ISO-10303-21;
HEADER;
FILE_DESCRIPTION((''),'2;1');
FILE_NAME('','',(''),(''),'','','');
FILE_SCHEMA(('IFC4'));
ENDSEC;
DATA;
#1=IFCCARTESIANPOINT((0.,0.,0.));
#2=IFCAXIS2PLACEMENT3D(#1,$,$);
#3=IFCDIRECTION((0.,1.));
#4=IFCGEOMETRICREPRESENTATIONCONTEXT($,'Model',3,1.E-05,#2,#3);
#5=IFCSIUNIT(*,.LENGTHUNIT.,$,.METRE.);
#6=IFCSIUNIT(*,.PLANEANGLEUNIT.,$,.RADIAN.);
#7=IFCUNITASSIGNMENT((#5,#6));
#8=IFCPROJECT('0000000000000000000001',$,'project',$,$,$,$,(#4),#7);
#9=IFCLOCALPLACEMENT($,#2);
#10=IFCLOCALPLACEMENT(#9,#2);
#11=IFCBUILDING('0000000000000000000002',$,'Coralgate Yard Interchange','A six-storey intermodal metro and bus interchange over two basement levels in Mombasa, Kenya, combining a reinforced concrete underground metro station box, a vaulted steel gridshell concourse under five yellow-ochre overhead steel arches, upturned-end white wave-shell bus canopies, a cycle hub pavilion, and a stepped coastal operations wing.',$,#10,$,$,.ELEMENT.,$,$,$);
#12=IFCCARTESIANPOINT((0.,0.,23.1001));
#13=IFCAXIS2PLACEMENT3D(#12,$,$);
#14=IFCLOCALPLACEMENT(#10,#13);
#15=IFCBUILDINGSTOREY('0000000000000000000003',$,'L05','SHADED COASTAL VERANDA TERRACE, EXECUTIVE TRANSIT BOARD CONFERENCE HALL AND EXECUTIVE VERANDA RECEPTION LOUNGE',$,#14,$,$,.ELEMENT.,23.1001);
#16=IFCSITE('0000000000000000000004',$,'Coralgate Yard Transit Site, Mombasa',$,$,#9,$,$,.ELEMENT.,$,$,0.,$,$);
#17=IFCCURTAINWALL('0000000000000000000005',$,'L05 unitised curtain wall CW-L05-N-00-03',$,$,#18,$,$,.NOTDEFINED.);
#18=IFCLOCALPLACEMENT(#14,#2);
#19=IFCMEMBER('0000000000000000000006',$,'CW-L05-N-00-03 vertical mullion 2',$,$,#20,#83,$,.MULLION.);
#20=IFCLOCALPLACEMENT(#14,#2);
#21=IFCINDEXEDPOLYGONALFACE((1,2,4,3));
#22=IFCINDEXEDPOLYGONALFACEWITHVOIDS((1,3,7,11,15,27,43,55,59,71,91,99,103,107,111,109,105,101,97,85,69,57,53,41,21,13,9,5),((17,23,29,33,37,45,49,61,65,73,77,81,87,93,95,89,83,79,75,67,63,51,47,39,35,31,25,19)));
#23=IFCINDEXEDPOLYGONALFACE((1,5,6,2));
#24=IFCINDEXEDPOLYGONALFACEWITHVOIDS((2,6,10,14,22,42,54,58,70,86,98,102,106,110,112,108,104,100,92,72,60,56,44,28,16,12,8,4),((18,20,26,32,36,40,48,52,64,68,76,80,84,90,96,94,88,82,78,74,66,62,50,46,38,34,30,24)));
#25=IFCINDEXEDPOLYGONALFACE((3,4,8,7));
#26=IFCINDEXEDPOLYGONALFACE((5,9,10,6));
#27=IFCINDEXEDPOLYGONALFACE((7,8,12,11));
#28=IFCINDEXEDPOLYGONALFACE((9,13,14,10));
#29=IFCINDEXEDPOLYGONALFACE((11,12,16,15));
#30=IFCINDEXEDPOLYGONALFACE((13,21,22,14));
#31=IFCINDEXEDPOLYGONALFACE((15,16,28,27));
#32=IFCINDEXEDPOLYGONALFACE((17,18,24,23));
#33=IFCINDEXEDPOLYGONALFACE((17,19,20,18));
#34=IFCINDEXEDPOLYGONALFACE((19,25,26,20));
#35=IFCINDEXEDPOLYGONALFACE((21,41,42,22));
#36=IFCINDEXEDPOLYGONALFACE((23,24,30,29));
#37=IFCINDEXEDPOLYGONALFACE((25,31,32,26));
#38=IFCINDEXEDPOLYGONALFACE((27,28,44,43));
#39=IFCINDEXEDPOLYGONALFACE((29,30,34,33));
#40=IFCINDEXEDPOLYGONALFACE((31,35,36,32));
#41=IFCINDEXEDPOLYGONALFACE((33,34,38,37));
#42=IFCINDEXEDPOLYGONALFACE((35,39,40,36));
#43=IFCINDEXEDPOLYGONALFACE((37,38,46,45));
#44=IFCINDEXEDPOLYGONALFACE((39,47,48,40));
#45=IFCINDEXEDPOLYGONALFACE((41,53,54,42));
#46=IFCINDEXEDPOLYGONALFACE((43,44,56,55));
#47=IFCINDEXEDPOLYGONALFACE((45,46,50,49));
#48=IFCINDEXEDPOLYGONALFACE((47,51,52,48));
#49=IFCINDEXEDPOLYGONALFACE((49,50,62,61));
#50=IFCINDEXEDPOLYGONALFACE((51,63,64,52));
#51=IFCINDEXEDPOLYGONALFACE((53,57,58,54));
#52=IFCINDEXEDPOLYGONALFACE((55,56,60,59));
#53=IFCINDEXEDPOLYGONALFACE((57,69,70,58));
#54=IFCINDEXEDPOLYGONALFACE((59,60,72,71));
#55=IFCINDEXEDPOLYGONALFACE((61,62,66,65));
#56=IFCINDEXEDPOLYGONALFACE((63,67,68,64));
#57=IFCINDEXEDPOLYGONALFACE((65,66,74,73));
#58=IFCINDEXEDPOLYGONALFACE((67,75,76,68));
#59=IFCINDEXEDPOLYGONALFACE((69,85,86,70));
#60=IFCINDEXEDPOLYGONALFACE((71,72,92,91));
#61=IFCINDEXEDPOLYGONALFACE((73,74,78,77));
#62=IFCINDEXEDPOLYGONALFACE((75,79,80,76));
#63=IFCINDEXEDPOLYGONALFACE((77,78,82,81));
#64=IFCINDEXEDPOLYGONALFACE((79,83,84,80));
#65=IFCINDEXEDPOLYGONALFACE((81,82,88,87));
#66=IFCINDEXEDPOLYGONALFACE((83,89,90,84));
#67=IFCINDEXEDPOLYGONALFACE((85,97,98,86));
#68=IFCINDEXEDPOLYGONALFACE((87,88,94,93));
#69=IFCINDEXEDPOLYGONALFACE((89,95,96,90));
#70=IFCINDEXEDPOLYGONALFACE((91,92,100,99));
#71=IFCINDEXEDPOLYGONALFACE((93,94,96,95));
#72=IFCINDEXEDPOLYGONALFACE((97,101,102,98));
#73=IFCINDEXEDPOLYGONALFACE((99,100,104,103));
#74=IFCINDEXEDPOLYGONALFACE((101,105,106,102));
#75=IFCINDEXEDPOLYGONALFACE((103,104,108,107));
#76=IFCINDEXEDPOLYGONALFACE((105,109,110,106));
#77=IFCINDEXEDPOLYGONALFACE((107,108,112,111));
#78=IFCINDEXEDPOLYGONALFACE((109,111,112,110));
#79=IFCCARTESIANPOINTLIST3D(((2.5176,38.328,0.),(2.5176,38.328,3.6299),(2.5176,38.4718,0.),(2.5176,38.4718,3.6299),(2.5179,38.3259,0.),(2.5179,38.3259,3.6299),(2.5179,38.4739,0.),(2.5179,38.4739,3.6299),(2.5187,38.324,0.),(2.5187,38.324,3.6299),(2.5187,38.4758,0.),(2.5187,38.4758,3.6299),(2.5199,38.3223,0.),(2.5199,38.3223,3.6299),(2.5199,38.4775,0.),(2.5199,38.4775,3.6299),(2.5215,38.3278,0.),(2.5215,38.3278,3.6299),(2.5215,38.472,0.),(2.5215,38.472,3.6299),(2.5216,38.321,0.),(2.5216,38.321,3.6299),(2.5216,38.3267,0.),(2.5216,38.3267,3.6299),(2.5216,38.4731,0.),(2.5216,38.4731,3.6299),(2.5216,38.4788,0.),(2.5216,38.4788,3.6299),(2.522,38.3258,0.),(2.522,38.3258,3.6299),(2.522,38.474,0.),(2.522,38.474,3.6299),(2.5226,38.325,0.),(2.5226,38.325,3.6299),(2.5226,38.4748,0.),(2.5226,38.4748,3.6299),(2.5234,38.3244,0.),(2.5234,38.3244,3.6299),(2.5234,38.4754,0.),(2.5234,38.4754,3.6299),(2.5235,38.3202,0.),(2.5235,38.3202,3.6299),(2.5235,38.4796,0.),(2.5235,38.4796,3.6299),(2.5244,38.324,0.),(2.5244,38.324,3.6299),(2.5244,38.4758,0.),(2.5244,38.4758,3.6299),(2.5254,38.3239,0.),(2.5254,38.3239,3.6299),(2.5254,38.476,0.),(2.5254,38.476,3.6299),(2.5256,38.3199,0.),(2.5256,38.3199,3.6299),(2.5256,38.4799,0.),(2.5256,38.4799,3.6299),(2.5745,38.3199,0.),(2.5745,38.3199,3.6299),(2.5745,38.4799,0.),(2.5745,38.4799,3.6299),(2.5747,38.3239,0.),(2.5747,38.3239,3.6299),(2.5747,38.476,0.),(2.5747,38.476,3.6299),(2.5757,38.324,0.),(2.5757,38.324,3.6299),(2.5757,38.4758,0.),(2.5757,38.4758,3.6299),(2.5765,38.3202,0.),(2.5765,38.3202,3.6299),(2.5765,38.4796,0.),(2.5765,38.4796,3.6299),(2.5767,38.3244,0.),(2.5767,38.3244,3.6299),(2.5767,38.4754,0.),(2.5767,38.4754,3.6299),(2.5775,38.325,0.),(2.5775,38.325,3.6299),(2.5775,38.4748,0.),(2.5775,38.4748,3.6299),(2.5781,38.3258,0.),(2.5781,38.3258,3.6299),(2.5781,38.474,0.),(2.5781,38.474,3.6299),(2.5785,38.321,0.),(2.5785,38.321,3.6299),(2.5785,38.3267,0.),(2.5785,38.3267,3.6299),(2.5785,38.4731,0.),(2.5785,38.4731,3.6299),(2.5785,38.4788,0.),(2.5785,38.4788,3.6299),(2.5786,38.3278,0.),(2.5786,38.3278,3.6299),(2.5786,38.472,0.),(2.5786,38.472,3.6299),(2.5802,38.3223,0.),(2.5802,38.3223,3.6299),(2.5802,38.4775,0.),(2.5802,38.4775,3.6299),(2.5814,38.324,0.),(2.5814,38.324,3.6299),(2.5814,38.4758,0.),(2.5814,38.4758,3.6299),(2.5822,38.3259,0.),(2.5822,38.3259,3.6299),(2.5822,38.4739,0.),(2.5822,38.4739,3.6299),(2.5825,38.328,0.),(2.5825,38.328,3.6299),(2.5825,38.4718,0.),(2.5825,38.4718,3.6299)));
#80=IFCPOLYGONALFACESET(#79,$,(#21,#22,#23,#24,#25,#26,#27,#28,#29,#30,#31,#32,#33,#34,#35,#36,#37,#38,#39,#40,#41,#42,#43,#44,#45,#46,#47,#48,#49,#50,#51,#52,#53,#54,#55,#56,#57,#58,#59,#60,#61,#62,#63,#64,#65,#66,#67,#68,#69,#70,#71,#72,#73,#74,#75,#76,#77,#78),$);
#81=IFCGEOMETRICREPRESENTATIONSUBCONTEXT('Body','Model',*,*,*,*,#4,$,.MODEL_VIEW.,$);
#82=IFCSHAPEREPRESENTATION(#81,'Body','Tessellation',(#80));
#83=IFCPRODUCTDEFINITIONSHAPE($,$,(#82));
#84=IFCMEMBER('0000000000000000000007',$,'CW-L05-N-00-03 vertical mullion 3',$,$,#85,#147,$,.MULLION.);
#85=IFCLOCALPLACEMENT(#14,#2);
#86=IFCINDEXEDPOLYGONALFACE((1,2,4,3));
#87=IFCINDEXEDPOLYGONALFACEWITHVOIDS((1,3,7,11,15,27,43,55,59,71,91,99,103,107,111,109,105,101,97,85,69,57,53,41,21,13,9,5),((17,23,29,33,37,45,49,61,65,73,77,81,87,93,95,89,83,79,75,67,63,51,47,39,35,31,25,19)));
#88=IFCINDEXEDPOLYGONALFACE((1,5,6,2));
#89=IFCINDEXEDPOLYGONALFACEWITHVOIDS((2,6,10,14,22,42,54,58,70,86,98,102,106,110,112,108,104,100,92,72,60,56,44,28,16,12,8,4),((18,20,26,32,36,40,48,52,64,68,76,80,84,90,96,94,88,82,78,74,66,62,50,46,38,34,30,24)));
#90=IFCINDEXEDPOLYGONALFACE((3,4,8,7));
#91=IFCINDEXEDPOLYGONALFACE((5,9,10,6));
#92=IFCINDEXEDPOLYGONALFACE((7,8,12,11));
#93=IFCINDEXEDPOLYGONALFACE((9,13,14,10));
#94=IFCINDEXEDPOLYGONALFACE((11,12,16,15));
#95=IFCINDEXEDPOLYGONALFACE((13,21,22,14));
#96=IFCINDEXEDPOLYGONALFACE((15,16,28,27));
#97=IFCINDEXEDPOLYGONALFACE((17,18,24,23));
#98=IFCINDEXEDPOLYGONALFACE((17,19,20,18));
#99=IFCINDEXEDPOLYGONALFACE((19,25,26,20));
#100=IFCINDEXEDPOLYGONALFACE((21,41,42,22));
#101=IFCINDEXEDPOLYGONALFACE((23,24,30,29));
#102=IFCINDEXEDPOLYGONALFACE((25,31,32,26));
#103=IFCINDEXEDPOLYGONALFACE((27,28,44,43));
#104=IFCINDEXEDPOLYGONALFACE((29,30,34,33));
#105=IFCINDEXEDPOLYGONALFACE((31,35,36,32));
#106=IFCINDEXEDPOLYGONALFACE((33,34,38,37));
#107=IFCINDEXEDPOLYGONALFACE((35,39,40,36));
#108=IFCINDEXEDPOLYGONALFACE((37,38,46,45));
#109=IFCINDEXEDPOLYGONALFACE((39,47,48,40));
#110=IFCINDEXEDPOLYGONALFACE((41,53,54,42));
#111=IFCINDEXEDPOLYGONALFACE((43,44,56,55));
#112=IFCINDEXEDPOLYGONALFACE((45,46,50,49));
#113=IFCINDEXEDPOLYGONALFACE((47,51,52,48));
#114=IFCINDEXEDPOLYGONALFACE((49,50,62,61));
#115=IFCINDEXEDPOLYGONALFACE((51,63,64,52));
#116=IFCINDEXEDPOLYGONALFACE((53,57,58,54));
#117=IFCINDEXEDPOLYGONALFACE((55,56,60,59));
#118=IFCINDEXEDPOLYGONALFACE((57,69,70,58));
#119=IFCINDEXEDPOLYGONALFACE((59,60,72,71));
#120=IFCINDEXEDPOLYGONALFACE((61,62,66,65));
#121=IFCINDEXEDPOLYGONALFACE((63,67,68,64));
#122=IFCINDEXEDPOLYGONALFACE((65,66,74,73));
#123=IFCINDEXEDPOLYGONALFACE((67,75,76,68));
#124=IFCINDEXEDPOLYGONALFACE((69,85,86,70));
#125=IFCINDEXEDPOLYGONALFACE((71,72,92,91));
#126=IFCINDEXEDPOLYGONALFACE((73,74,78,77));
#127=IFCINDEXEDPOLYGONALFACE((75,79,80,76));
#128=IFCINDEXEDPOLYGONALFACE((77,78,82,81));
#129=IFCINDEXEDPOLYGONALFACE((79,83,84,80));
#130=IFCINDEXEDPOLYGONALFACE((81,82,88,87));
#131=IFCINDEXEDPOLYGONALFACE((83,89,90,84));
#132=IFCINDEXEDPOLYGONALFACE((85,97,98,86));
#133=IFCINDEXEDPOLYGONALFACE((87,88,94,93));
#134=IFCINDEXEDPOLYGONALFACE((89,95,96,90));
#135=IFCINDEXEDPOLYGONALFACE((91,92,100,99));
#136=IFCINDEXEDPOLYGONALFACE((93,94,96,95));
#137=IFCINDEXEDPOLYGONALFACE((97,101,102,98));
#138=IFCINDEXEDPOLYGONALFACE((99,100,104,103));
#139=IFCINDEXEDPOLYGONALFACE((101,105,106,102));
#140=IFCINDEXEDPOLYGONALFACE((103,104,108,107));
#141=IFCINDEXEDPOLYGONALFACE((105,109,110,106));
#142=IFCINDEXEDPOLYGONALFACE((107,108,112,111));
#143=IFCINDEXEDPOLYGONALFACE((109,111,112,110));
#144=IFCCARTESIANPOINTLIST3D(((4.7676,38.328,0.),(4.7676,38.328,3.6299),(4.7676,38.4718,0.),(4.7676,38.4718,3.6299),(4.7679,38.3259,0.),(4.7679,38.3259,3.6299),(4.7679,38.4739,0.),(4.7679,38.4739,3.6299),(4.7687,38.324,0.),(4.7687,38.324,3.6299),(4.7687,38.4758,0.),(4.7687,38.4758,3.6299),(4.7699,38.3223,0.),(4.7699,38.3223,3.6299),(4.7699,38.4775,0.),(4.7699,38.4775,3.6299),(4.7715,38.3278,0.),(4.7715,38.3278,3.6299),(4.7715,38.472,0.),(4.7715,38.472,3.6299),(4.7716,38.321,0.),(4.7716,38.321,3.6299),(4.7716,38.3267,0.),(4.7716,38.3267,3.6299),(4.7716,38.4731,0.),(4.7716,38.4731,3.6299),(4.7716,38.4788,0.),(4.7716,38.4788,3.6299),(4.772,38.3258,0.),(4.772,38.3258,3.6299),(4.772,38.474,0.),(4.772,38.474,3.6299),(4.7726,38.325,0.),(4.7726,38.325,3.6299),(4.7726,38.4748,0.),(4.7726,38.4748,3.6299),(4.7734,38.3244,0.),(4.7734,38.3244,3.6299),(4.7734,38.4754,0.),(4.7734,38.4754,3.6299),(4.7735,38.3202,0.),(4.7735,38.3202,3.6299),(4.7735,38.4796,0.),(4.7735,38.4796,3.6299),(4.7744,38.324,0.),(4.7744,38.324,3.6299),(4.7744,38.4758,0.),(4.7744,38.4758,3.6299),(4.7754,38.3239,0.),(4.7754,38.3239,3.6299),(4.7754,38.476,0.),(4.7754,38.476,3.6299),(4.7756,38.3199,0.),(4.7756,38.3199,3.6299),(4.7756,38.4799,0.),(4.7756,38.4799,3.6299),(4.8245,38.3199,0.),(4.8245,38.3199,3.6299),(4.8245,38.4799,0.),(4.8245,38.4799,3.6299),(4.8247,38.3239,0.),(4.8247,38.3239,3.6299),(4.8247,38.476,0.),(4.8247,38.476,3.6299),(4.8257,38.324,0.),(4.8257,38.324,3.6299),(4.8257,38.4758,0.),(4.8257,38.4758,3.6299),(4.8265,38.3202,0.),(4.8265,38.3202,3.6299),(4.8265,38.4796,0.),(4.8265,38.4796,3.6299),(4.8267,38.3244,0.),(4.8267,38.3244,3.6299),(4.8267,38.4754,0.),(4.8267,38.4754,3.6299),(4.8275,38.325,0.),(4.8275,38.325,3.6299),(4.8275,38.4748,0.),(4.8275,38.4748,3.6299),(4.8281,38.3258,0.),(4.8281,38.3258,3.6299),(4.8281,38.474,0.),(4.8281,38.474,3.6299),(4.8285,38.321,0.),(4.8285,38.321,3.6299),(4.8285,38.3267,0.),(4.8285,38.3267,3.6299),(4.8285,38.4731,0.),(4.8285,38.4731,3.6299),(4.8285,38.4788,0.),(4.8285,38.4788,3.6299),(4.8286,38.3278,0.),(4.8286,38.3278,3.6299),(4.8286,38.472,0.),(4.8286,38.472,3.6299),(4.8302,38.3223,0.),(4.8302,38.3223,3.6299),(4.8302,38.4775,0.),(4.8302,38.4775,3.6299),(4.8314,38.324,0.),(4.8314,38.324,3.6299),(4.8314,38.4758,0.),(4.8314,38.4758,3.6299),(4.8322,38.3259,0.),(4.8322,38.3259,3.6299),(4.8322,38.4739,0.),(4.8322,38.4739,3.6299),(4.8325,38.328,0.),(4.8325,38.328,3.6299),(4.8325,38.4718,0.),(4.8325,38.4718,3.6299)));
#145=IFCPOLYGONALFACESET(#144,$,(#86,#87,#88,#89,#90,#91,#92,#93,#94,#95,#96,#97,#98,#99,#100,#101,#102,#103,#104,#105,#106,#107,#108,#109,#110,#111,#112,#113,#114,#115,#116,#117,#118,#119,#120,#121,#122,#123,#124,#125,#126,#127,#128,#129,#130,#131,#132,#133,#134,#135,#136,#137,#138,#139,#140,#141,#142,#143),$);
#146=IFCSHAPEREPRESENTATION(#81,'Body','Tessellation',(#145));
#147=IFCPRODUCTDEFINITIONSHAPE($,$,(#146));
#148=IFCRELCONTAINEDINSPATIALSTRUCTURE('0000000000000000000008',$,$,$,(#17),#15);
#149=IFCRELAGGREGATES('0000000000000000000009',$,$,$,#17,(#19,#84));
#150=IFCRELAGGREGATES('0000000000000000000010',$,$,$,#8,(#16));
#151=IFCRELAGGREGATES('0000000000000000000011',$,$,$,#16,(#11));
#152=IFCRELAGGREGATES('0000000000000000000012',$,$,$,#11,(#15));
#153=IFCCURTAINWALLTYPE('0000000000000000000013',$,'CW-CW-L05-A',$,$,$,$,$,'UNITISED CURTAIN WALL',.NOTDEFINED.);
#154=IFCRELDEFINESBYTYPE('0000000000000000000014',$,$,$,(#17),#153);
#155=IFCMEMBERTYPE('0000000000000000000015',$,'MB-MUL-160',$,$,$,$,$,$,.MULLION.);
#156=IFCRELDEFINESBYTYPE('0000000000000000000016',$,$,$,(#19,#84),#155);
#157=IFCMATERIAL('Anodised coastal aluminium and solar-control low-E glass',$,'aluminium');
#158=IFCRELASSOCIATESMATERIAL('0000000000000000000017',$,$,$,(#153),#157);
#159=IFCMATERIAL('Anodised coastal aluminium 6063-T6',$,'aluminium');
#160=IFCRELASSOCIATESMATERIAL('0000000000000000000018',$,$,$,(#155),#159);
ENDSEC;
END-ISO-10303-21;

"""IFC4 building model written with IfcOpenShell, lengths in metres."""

from ifc_helpers import new_model, si_unit, direction, frame, origin, origin_2d, place, context, subcontext, project, spatial, hollow_rectangle, extrude, material, material_profile, profile_set, type_object, element, aggregate, save


model = new_model("IFC4")

# Units and contexts
model_context = context("Model", 3, precision=1e-05, world=origin(), true_north=direction((0.0, 1.0)))
body_context = subcontext(model_context, "Body", "Model", "MODEL_VIEW")
ifc_project = project(units=[si_unit("LENGTHUNIT", "METRE"), si_unit("PLANEANGLEUNIT", "RADIAN")], contexts=[model_context])

# Site, building, storey
site_placement = place(None, origin())
site = spatial("IfcSite", under=ifc_project, at=site_placement, Name="Coralgate Yard Transit Site, Mombasa", CompositionType="ELEMENT", RefElevation=0.0)
building_placement = place(site_placement, origin())
building = spatial("IfcBuilding", under=site, at=building_placement, Name="Coralgate Yard Interchange", Description="A six-storey intermodal metro and bus interchange over two basement levels in Mombasa, Kenya, combining a reinforced concrete underground metro station box, a vaulted steel gridshell concourse under five yellow-ochre overhead steel arches, upturned-end white wave-shell bus canopies, a cycle hub pavilion, and a stepped coastal operations wing.", CompositionType="ELEMENT")
storey_placement = place(building_placement, frame((0.0, 0.0, 23.1001)))
storey = spatial("IfcBuildingStorey", under=building, at=storey_placement, Name="L05", Description="SHADED COASTAL VERANDA TERRACE, EXECUTIVE TRANSIT BOARD CONFERENCE HALL AND EXECUTIVE VERANDA RECEPTION LOUNGE", CompositionType="ELEMENT", Elevation=23.1001)

# Curtain wall, members
ifc_material_1 = material(Name="Anodised coastal aluminium and solar-control low-E glass", Category="aluminium")
curtain_wall_type = type_object("IfcCurtainWallType", Name="CW-CW-L05-A", ElementType="UNITISED CURTAIN WALL", PredefinedType="NOTDEFINED", material=ifc_material_1)
ifc_material_2 = material(Name="Anodised coastal aluminium 6063-T6", Category="aluminium")
ifc_material_profile_1 = material_profile(ifc_material_2, hollow_rectangle(XDim=0.0649, YDim=0.1599, WallThickness=0.0039, InnerFilletRadius=0.0039, OuterFilletRadius=0.0081, at=origin_2d()), Name="ALU 65x160x4")
ifc_profile_set_1 = profile_set([ifc_material_profile_1], Name="Anodised coastal aluminium 6063-T6")
member_type_1 = type_object("IfcMemberType", Name="MB-MUL-160", PredefinedType="MULLION", material=ifc_profile_set_1)
curtain_wall_1_placement = place(storey_placement, origin())
curtain_wall_1 = element("IfcCurtainWall", 1, at=curtain_wall_1_placement, inside=storey, type_object=curtain_wall_type, Name="L05 unitised curtain wall CW-L05-N-00-03", PredefinedType="NOTDEFINED")
member_1_placement = place(storey_placement, frame((2.55, 38.3999, 0.0), z_axis=(0.0, 0.0, 1.0), x_axis=(1.0, 0.0, 0.0)))
member_1 = element("IfcMember", 2, at=member_1_placement, type_object=member_type_1, Name="CW-L05-N-00-03 vertical mullion 2", PredefinedType="MULLION", context=body_context, shape_type="SweptSolid", body=[
    extrude(hollow_rectangle(XDim=0.0649, YDim=0.1599, WallThickness=0.0039, InnerFilletRadius=0.0039, OuterFilletRadius=0.0081, at=origin_2d()), origin(), (0.0, 0.0, 1.0), 3.6299),
])
member_2_placement = place(storey_placement, frame((4.8, 38.3999, 0.0), z_axis=(0.0, 0.0, 1.0), x_axis=(1.0, 0.0, 0.0)))
member_2 = element("IfcMember", 3, at=member_2_placement, type_object=member_type_1, Name="CW-L05-N-00-03 vertical mullion 3", PredefinedType="MULLION", context=body_context, shape_type="SweptSolid", body=[
    extrude(hollow_rectangle(XDim=0.0649, YDim=0.1599, WallThickness=0.0039, InnerFilletRadius=0.0039, OuterFilletRadius=0.0081, at=origin_2d()), origin(), (0.0, 0.0, 1.0), 3.6299),
])

aggregate(curtain_wall_1, [member_1, member_2])

save(model, "model.ifc")
